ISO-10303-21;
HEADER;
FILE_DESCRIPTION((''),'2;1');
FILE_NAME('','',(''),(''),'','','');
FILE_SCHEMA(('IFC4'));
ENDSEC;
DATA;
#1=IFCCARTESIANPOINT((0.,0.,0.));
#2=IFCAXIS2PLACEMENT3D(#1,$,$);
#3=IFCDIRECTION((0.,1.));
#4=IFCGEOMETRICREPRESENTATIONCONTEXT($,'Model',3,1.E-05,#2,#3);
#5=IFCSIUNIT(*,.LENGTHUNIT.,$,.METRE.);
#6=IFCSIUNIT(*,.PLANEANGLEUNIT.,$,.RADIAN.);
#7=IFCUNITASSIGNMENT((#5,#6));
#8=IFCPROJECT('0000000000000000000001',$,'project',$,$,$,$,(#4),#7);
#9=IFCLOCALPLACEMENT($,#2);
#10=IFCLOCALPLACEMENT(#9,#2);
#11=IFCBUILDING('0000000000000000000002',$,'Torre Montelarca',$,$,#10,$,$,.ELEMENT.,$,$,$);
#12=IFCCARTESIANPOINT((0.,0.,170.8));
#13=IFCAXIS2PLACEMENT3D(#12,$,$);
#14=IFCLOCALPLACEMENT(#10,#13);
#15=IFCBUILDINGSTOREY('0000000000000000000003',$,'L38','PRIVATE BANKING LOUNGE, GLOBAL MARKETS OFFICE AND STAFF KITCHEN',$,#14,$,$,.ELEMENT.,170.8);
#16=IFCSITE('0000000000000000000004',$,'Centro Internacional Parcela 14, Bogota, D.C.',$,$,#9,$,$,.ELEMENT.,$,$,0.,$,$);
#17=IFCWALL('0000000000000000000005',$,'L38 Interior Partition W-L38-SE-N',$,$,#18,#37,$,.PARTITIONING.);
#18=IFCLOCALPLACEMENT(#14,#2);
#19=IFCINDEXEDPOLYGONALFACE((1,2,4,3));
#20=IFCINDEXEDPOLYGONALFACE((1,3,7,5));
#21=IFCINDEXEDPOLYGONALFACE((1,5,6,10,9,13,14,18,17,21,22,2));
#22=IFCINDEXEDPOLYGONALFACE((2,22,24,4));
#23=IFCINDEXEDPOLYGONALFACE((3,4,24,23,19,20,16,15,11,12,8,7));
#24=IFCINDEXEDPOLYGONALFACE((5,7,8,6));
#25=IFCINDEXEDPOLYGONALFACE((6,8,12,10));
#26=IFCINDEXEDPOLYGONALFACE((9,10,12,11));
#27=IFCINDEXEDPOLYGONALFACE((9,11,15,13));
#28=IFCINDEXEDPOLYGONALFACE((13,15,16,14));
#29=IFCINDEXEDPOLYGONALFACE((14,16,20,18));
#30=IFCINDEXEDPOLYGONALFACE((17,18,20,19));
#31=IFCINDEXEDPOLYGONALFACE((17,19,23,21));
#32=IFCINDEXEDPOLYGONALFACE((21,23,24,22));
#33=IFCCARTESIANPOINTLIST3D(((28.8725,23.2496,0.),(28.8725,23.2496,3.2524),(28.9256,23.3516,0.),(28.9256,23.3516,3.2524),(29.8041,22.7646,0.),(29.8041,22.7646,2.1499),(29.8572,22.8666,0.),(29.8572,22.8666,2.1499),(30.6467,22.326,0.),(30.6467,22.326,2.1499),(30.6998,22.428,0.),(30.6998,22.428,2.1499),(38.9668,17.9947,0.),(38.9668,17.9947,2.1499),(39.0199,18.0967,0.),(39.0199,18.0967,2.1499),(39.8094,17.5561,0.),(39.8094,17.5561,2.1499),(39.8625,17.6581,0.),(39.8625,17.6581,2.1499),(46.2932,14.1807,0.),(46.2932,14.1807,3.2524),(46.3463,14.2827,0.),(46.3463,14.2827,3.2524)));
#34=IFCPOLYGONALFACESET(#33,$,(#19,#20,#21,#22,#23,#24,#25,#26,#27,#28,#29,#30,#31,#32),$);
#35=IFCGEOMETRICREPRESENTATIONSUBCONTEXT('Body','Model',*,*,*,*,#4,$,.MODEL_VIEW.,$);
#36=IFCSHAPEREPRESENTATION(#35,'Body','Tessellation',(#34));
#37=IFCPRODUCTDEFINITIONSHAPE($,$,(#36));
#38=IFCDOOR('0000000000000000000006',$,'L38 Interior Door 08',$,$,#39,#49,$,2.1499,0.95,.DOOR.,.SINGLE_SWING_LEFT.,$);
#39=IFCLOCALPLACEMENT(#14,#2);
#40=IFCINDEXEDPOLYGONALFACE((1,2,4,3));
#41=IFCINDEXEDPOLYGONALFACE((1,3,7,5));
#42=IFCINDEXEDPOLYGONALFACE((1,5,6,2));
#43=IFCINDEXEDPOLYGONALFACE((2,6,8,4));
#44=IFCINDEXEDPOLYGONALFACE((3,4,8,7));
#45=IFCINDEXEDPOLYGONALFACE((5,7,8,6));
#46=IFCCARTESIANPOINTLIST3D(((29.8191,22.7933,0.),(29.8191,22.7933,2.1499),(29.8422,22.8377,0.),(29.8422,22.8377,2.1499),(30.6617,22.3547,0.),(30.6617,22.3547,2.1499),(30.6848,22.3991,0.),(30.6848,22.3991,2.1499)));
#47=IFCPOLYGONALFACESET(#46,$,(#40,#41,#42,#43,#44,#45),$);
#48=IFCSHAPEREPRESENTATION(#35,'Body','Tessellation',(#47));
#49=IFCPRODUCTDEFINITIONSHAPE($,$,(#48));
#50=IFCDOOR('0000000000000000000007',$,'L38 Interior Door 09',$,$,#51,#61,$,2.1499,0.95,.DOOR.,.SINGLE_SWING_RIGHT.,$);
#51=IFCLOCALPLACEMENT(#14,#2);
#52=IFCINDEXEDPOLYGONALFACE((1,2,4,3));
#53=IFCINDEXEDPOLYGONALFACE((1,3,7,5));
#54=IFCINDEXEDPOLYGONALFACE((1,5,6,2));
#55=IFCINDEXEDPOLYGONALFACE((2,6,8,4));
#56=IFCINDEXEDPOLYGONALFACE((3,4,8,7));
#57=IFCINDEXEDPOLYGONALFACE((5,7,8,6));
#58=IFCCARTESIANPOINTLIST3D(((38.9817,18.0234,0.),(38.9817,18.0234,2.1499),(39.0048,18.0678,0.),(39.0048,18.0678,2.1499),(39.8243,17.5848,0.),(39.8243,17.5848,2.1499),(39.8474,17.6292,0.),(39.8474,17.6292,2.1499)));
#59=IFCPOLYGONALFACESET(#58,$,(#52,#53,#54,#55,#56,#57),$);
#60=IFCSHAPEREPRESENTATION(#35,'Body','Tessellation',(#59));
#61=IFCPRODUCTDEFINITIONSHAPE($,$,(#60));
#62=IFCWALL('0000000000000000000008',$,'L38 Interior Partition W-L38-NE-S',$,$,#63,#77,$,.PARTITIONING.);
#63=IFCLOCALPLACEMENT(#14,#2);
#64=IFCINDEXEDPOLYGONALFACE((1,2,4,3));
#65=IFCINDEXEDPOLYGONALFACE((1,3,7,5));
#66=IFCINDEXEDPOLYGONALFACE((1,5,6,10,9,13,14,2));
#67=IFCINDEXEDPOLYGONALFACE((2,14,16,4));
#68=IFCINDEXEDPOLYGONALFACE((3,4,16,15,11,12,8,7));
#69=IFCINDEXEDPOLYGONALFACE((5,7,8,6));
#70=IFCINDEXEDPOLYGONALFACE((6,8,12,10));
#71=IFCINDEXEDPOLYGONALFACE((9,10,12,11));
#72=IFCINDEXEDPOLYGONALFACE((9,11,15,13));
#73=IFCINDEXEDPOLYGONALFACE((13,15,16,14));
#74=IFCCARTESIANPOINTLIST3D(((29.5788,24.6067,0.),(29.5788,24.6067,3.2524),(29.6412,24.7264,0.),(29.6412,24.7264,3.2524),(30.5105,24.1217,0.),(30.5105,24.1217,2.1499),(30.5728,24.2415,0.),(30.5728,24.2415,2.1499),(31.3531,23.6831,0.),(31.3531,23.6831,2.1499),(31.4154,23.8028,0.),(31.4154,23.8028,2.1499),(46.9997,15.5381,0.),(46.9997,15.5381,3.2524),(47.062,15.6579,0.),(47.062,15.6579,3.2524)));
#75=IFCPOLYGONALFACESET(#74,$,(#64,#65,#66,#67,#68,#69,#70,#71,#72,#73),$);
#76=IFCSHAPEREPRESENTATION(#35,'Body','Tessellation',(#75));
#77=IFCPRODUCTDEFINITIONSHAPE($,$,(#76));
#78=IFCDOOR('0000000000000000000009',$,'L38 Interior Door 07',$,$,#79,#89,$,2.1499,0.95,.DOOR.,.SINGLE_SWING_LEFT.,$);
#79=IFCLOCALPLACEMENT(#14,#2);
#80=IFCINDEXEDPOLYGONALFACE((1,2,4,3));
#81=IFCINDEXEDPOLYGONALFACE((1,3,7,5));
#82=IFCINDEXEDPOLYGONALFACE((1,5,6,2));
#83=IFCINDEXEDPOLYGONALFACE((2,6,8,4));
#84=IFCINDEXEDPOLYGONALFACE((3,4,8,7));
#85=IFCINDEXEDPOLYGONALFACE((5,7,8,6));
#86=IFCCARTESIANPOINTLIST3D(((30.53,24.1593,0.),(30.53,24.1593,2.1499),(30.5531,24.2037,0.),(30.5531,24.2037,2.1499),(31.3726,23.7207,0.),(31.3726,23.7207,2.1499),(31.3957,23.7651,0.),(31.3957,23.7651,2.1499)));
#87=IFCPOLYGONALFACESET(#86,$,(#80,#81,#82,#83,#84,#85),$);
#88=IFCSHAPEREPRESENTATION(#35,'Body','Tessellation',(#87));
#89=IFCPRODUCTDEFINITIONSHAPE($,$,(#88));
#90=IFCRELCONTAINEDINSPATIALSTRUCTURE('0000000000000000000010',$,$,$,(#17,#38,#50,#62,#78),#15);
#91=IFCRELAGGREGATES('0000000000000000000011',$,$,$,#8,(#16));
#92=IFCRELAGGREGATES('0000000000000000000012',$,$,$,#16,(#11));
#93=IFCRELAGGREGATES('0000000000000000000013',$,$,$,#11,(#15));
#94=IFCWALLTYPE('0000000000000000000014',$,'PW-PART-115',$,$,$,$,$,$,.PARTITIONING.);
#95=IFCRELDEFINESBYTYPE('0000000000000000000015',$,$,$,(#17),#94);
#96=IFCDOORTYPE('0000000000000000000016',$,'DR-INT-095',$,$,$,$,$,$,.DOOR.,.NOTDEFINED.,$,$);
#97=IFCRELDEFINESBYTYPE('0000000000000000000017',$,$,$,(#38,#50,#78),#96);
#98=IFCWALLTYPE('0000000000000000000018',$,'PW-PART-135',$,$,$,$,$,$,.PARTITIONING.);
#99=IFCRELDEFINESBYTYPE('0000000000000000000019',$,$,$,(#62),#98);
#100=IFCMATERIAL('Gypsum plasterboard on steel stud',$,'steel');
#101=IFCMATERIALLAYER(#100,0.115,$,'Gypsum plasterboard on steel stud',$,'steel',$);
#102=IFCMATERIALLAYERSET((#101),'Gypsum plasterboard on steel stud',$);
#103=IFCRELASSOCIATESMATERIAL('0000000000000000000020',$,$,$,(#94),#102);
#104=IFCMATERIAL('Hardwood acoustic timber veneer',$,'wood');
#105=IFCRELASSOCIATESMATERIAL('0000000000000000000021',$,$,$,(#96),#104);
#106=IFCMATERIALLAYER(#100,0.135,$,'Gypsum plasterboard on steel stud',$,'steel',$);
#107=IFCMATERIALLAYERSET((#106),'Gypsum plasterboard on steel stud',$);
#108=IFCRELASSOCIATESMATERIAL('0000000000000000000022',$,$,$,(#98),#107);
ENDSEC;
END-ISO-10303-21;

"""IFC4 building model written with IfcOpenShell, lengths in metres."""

from ifc_helpers import new_model, si_unit, direction, frame, frame_2d, origin, place, context, subcontext, project, spatial, rectangle, extrude, source, transform, mapped, material, layer, layer_set, type_object, element, fill, save


model = new_model("IFC4")

# Units and contexts
model_context = context("Model", 3, precision=1e-05, world=origin(), true_north=direction((0.0, 1.0)))
body_context = subcontext(model_context, "Body", "Model", "MODEL_VIEW")
ifc_project = project(units=[si_unit("LENGTHUNIT", "METRE"), si_unit("PLANEANGLEUNIT", "RADIAN")], contexts=[model_context])

# Site, building, storey
site_placement = place(None, origin())
site = spatial("IfcSite", under=ifc_project, at=site_placement, Name="Centro Internacional Parcela 14, Bogota, D.C.", CompositionType="ELEMENT", RefElevation=0.0)
building_placement = place(site_placement, origin())
building = spatial("IfcBuilding", under=site, at=building_placement, Name="Torre Montelarca", CompositionType="ELEMENT")
storey_placement = place(building_placement, frame((0.0, 0.0, 170.8)))
storey = spatial("IfcBuildingStorey", under=building, at=storey_placement, Name="L38", Description="PRIVATE BANKING LOUNGE, GLOBAL MARKETS OFFICE AND STAFF KITCHEN", CompositionType="ELEMENT", Elevation=170.8)

# Shared definitions
ifc_material_1 = material(Name="Gypsum plasterboard on steel stud", Category="steel")

# Wall, openings, doors
ifc_layer_1 = layer(ifc_material_1, 0.115, Name="Gypsum plasterboard on steel stud", Category="steel")
ifc_layer_set_1 = layer_set([ifc_layer_1], Name="Gypsum plasterboard on steel stud")
wall_type_1 = type_object("IfcWallType", Name="PW-PART-115", PredefinedType="PARTITIONING", material=ifc_layer_set_1)
wall_1_placement = place(storey_placement, frame((28.8992, 23.3005, 0.0), z_axis=(0.0, 0.0, 1.0), x_axis=(0.887006, -0.461758, 0.0)))
wall_1 = element("IfcWall", 1, at=wall_1_placement, inside=storey, type_object=wall_type_1, Name="L38 Interior Partition W-L38-SE-N", PredefinedType="PARTITIONING", context=body_context, shape_type="SweptSolid", body=[
    extrude(rectangle(XDim=19.6399, YDim=0.115, at=frame_2d((9.8198, 0.0))), origin(), (0.0, 0.0, 1.0), 3.2524),
])
opening_1_placement = place(wall_1_placement, frame((1.05, 0.0, 0.0)))
opening_1 = element("IfcOpeningElement", 2, at=opening_1_placement, cuts=wall_1, PredefinedType="OPENING", context=body_context, shape_type="SweptSolid", body=[
    extrude(rectangle(XDim=0.95, YDim=2.1499, at=frame_2d((0.4751, 1.075))), frame((0.0, 0.0674, 0.0), z_axis=(0.0, -1.0, 0.0), x_axis=(1.0, 0.0, 0.0)), (0.0, 0.0, 1.0), 0.135),
])
opening_2_placement = place(wall_1_placement, frame((11.3799, 0.0, 0.0)))
opening_2 = element("IfcOpeningElement", 3, at=opening_2_placement, cuts=wall_1, PredefinedType="OPENING", context=body_context, shape_type="SweptSolid", body=[
    extrude(rectangle(XDim=0.95, YDim=2.1499, at=frame_2d((0.4751, 1.075))), frame((0.0, 0.0674, 0.0), z_axis=(0.0, -1.0, 0.0), x_axis=(1.0, 0.0, 0.0)), (0.0, 0.0, 1.0), 0.135),
])
ifc_material_2 = material(Name="Hardwood acoustic timber veneer", Category="wood")
door_type_1 = type_object("IfcDoorType", Name="DR-INT-095", OperationType="NOTDEFINED", PredefinedType="DOOR", material=ifc_material_2)
shared_shape_1 = source(origin(), body_context, "Body", "SweptSolid", [
    extrude(rectangle(XDim=0.95, YDim=2.1499, at=frame_2d((0.4751, 1.075))), frame((0.0, 0.0249, 0.0), z_axis=(0.0, -1.0, 0.0), x_axis=(1.0, 0.0, 0.0)), (0.0, 0.0, 1.0), 0.05),
])
door_1_placement = place(opening_1_placement, origin())
door_1 = element("IfcDoor", 4, at=door_1_placement, inside=storey, type_object=door_type_1, Name="L38 Interior Door 08", OperationType="SINGLE_SWING_LEFT", OverallHeight=2.1499, OverallWidth=0.95, PredefinedType="DOOR", context=body_context, shape_type="MappedRepresentation", body=[
    mapped(shared_shape_1, transform((0.0, 0.0, 0.0), scale=1.0)),
])
fill(opening_1, door_1)
door_2_placement = place(opening_2_placement, origin())
door_2 = element("IfcDoor", 5, at=door_2_placement, inside=storey, type_object=door_type_1, Name="L38 Interior Door 09", OperationType="SINGLE_SWING_RIGHT", OverallHeight=2.1499, OverallWidth=0.95, PredefinedType="DOOR", context=body_context, shape_type="MappedRepresentation", body=[
    mapped(shared_shape_1, transform((0.0, 0.0, 0.0), scale=1.0)),
])
fill(opening_2, door_2)

# Wall, opening, door
ifc_layer_2 = layer(ifc_material_1, 0.135, Name="Gypsum plasterboard on steel stud", Category="steel")
ifc_layer_set_2 = layer_set([ifc_layer_2], Name="Gypsum plasterboard on steel stud")
wall_type_2 = type_object("IfcWallType", Name="PW-PART-135", PredefinedType="PARTITIONING", material=ifc_layer_set_2)
wall_2_placement = place(storey_placement, frame((29.6101, 24.6665, 0.0), z_axis=(0.0, 0.0, 1.0), x_axis=(0.887014, -0.461743, 0.0)))
wall_2 = element("IfcWall", 6, at=wall_2_placement, inside=storey, type_object=wall_type_2, Name="L38 Interior Partition W-L38-NE-S", PredefinedType="PARTITIONING", context=body_context, shape_type="SweptSolid", body=[
    extrude(rectangle(XDim=19.6399, YDim=0.135, at=frame_2d((9.8198, 0.0))), origin(), (0.0, 0.0, 1.0), 3.2524),
])
opening_3_placement = place(wall_2_placement, frame((1.05, 0.0, 0.0)))
opening_3 = element("IfcOpeningElement", 7, at=opening_3_placement, cuts=wall_2, PredefinedType="OPENING", context=body_context, shape_type="SweptSolid", body=[
    extrude(rectangle(XDim=0.95, YDim=2.1499, at=frame_2d((0.4751, 1.075))), frame((0.0, 0.0776, 0.0), z_axis=(0.0, -1.0, 0.0), x_axis=(1.0, 0.0, 0.0)), (0.0, 0.0, 1.0), 0.155),
])
door_3_placement = place(opening_3_placement, origin())
door_3 = element("IfcDoor", 8, at=door_3_placement, inside=storey, type_object=door_type_1, Name="L38 Interior Door 07", OperationType="SINGLE_SWING_LEFT", OverallHeight=2.1499, OverallWidth=0.95, PredefinedType="DOOR", context=body_context, shape_type="MappedRepresentation", body=[
    mapped(shared_shape_1, transform((0.0, 0.0, 0.0), scale=1.0)),
])
fill(opening_3, door_3)

save(model, "model.ifc")
